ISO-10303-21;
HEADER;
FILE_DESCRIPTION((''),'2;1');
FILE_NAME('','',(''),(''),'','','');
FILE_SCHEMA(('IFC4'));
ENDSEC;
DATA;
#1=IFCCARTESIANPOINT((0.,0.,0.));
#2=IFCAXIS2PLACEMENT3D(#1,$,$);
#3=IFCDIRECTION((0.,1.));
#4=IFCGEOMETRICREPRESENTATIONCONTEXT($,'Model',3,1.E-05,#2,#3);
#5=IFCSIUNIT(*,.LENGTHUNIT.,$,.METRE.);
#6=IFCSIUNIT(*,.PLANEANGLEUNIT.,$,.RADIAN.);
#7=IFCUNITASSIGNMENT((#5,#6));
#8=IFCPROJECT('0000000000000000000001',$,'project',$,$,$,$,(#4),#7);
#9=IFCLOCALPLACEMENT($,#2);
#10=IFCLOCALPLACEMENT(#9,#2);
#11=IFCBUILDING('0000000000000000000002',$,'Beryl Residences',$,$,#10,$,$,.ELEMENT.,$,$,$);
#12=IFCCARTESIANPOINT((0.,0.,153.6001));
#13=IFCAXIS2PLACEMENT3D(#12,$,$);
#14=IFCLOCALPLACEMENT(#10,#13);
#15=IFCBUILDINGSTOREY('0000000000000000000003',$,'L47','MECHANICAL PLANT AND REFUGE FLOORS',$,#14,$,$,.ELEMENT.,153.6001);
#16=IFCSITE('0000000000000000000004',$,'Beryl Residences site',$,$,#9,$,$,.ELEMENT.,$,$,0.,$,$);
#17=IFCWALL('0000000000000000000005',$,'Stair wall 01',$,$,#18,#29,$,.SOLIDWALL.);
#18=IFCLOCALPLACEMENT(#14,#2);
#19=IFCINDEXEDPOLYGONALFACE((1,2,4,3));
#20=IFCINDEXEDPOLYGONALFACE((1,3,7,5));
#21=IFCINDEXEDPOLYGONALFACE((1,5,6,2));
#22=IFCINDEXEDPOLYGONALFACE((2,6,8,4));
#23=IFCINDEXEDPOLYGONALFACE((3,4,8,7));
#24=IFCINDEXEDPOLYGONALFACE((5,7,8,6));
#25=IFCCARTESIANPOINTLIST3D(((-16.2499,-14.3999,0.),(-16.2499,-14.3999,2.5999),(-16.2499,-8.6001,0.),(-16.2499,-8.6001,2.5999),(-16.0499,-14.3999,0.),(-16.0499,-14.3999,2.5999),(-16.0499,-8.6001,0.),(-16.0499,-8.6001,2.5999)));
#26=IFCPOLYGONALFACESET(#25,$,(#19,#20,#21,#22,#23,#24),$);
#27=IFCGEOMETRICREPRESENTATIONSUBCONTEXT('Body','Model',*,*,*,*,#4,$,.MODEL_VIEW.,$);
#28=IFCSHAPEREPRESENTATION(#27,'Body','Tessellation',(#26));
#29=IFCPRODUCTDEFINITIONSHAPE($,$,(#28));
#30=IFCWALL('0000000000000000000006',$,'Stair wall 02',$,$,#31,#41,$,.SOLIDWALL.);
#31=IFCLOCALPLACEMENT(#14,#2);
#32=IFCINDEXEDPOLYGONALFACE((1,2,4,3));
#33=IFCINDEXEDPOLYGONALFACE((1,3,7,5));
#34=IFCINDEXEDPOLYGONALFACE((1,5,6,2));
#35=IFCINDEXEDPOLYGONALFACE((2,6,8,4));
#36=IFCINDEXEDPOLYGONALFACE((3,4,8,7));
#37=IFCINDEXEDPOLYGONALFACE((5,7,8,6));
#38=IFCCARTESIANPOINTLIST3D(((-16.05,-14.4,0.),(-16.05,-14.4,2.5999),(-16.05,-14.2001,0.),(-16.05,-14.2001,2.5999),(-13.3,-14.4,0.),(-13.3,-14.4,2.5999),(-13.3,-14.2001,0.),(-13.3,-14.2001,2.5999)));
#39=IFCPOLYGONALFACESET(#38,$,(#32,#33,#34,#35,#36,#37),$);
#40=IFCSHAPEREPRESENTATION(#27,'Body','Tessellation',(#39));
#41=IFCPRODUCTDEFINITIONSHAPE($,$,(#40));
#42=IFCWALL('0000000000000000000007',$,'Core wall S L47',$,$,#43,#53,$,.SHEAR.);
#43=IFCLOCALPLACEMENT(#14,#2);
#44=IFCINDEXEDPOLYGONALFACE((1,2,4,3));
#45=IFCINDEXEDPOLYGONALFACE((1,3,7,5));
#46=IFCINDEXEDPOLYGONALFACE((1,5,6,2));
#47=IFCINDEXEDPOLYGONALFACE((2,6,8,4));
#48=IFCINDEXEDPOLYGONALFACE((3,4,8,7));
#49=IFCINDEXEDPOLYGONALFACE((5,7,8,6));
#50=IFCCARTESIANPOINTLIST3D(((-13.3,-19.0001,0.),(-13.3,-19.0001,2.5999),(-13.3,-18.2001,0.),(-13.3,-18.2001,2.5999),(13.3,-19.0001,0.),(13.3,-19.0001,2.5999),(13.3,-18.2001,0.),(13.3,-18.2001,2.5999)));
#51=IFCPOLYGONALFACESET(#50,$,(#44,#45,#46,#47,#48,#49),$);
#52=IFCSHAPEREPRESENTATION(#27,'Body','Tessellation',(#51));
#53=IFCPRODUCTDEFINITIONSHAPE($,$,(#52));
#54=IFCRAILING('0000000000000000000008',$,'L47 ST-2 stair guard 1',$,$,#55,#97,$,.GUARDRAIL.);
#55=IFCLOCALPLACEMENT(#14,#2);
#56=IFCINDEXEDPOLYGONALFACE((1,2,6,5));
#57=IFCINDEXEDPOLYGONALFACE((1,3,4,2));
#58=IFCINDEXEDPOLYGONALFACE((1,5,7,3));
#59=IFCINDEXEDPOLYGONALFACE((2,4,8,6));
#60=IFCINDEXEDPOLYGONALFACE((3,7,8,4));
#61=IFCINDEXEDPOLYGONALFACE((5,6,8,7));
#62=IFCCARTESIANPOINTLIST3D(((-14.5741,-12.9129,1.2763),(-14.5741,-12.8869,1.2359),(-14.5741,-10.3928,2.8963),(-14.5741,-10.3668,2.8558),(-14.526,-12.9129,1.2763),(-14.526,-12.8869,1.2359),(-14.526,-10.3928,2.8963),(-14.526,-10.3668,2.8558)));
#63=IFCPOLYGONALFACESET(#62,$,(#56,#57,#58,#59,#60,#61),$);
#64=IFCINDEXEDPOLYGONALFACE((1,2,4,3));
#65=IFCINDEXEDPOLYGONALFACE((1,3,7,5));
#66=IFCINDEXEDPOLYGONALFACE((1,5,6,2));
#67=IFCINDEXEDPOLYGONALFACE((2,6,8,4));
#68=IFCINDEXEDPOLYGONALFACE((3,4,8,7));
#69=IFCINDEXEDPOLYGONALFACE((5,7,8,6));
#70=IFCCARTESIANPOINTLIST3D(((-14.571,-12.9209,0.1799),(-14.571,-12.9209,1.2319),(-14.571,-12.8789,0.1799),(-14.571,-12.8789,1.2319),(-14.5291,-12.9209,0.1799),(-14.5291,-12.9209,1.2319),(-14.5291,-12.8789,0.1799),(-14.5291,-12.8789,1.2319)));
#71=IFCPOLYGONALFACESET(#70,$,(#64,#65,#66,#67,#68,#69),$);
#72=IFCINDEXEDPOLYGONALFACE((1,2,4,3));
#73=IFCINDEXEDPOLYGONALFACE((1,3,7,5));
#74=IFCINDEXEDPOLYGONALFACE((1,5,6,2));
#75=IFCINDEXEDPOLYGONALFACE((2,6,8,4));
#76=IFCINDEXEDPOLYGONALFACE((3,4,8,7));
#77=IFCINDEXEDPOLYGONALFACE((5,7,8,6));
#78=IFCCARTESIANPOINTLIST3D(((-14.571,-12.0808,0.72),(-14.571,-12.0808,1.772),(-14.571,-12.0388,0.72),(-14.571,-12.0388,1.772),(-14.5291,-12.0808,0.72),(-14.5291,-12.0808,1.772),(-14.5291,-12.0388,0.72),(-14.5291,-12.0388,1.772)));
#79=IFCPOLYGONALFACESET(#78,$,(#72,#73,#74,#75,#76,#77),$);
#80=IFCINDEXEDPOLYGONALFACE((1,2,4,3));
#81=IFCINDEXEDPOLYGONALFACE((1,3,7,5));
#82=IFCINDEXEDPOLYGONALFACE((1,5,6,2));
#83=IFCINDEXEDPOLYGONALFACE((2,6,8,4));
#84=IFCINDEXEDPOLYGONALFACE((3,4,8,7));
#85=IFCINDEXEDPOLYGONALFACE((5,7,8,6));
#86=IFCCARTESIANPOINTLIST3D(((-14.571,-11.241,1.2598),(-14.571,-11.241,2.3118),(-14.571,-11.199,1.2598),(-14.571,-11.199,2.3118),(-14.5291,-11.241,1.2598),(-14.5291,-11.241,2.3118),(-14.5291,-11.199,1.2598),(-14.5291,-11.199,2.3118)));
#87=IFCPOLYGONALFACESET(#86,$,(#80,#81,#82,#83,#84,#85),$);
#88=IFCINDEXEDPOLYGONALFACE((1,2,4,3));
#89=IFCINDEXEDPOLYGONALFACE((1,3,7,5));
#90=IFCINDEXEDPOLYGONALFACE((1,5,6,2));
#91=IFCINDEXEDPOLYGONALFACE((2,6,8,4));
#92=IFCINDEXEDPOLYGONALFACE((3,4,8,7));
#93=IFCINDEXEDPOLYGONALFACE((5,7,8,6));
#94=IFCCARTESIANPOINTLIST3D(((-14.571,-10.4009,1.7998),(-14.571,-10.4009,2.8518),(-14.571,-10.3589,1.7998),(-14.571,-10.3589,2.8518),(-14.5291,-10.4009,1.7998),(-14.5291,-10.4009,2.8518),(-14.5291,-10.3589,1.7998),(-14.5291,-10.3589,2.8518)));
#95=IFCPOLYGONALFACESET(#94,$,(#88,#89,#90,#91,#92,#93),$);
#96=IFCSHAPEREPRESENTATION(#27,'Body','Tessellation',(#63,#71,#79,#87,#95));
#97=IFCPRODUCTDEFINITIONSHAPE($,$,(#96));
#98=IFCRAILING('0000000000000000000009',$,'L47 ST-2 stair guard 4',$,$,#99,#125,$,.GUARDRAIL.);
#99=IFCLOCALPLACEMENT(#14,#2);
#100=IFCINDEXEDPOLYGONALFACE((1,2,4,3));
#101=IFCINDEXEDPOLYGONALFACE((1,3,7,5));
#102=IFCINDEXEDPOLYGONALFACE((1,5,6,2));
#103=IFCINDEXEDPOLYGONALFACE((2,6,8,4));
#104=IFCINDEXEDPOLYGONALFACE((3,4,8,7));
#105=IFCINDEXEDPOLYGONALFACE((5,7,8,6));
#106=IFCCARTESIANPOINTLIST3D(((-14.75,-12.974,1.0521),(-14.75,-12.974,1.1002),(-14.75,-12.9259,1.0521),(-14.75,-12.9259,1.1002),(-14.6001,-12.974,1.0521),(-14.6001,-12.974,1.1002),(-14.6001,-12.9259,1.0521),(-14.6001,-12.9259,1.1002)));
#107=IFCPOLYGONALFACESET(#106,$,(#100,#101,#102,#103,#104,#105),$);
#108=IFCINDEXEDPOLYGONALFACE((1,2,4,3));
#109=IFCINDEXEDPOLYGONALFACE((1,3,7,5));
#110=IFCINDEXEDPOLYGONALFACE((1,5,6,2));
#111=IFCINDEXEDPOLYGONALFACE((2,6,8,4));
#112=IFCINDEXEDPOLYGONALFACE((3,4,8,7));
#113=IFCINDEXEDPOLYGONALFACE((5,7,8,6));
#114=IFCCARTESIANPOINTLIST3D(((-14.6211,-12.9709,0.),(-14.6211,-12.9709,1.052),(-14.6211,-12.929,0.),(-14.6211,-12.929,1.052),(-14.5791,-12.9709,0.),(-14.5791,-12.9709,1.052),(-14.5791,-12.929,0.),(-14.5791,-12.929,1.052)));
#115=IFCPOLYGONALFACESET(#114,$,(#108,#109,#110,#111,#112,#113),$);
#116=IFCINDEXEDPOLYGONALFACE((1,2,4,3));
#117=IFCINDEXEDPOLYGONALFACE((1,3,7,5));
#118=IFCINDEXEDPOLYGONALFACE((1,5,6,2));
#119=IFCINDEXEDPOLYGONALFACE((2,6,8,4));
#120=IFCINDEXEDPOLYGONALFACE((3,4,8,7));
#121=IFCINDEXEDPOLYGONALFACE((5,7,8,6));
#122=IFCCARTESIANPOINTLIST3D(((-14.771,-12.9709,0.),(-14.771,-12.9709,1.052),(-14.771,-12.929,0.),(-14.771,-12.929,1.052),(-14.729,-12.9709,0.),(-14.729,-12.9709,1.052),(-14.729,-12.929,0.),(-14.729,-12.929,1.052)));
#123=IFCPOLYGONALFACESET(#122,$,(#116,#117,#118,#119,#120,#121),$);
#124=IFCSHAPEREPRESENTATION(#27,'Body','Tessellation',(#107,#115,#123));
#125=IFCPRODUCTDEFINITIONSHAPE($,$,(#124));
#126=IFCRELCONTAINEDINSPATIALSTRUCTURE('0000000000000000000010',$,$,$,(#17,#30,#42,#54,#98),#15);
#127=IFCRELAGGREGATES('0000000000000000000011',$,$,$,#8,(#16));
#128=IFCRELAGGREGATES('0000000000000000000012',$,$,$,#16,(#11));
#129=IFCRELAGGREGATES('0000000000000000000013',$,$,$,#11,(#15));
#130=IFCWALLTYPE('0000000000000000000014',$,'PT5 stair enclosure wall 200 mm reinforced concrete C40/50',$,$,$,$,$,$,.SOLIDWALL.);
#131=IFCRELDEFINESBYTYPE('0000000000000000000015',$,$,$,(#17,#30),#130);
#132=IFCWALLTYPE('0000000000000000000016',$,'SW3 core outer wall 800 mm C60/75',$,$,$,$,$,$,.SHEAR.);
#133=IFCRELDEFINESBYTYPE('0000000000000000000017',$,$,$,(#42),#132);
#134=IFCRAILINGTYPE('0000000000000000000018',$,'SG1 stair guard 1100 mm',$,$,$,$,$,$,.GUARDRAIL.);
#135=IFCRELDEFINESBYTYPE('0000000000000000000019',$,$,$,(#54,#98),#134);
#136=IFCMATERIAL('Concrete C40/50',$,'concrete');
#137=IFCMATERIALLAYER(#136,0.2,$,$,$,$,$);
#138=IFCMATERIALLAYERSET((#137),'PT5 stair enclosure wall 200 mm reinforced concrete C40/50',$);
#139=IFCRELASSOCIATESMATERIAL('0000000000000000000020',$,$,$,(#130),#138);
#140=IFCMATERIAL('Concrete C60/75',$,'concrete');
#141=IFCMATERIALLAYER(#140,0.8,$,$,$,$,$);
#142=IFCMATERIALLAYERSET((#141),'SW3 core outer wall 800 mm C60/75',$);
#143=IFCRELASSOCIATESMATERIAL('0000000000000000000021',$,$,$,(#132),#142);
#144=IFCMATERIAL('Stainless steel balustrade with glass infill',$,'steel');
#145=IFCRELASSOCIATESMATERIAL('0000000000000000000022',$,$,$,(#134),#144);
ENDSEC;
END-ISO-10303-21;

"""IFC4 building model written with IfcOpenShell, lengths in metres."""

from ifc_helpers import new_model, si_unit, direction, frame, frame_2d, origin, origin_2d, place, context, subcontext, project, spatial, rectangle, extrude, material, layer, layer_set, type_object, element, save


model = new_model("IFC4")

# Units and contexts
model_context = context("Model", 3, precision=1e-05, world=origin(), true_north=direction((0.0, 1.0)))
body_context = subcontext(model_context, "Body", "Model", "MODEL_VIEW")
ifc_project = project(units=[si_unit("LENGTHUNIT", "METRE"), si_unit("PLANEANGLEUNIT", "RADIAN")], contexts=[model_context])

# Site, building, storey
site_placement = place(None, origin())
site = spatial("IfcSite", under=ifc_project, at=site_placement, Name="Beryl Residences site", CompositionType="ELEMENT", RefElevation=0.0)
building_placement = place(site_placement, origin())
building = spatial("IfcBuilding", under=site, at=building_placement, Name="Beryl Residences", CompositionType="ELEMENT")
storey_placement = place(building_placement, frame((0.0, 0.0, 153.6001)))
storey = spatial("IfcBuildingStorey", under=building, at=storey_placement, Name="L47", Description="MECHANICAL PLANT AND REFUGE FLOORS", CompositionType="ELEMENT", Elevation=153.6001)

# Walls
ifc_material_1 = material(Name="Concrete C40/50", Category="concrete")
ifc_layer_1 = layer(ifc_material_1, 0.2)
ifc_layer_set_1 = layer_set([ifc_layer_1], Name="PT5 stair enclosure wall 200 mm reinforced concrete C40/50")
wall_type_1 = type_object("IfcWallType", Name="PT5 stair enclosure wall 200 mm reinforced concrete C40/50", PredefinedType="SOLIDWALL", material=ifc_layer_set_1)
wall_1_placement = place(storey_placement, frame((-16.1499, -14.3999, 0.0), z_axis=(0.0, 0.0, 1.0), x_axis=(0.0, 1.0, 0.0)))
element("IfcWall", 1, at=wall_1_placement, inside=storey, type_object=wall_type_1, Name="Stair wall 01", PredefinedType="SOLIDWALL", context=body_context, shape_type="SweptSolid", body=[
    extrude(rectangle(XDim=5.7998, YDim=0.2, at=frame_2d((2.8999, 0.0))), origin(), (0.0, 0.0, 1.0), 2.5999),
])
wall_2_placement = place(storey_placement, frame((-16.05, -14.3, 0.0), z_axis=(0.0, 0.0, 1.0), x_axis=(1.0, 0.0, 0.0)))
element("IfcWall", 2, at=wall_2_placement, inside=storey, type_object=wall_type_1, Name="Stair wall 02", PredefinedType="SOLIDWALL", context=body_context, shape_type="SweptSolid", body=[
    extrude(rectangle(XDim=2.75, YDim=0.2, at=frame_2d((1.375, 0.0))), origin(), (0.0, 0.0, 1.0), 2.5999),
])
ifc_material_2 = material(Name="Concrete C60/75", Category="concrete")
ifc_layer_2 = layer(ifc_material_2, 0.8)
ifc_layer_set_2 = layer_set([ifc_layer_2], Name="SW3 core outer wall 800 mm C60/75")
wall_type_2 = type_object("IfcWallType", Name="SW3 core outer wall 800 mm C60/75", PredefinedType="SHEAR", material=ifc_layer_set_2)
wall_3_placement = place(storey_placement, frame((-13.3, -18.6001, 0.0), z_axis=(0.0, 0.0, 1.0), x_axis=(1.0, 0.0, 0.0)))
element("IfcWall", 3, at=wall_3_placement, inside=storey, type_object=wall_type_2, Name="Core wall S L47", PredefinedType="SHEAR", context=body_context, shape_type="SweptSolid", body=[
    extrude(rectangle(XDim=26.6001, YDim=0.8, at=frame_2d((13.3, 0.0))), origin(), (0.0, 0.0, 1.0), 2.5999),
])

# Railings
ifc_material_3 = material(Name="Stainless steel balustrade with glass infill", Category="steel")
railing_type = type_object("IfcRailingType", Name="SG1 stair guard 1100 mm", PredefinedType="GUARDRAIL", material=ifc_material_3)
railing_1_placement = place(storey_placement, frame((-14.55, -12.8999, 0.1799)))
element("IfcRailing", 4, at=railing_1_placement, inside=storey, type_object=railing_type, Name="L47 ST-2 stair guard 1", PredefinedType="GUARDRAIL", context=body_context, shape_type="SweptSolid", body=[
    extrude(rectangle(XDim=0.0481, YDim=0.0481, at=origin_2d()), frame((0.0, 0.0, 1.0762), z_axis=(0.0, 0.8412, 0.540725), x_axis=(-1.0, 0.0, 0.0)), (0.0, 0.0, 1.0), 2.9958),
    extrude(rectangle(XDim=0.042, YDim=0.042, at=origin_2d()), origin(), (0.0, 0.0, 1.0), 1.052),
    extrude(rectangle(XDim=0.042, YDim=0.042, at=origin_2d()), frame((0.0, 0.8401, 0.54)), (0.0, 0.0, 1.0), 1.052),
    extrude(rectangle(XDim=0.042, YDim=0.042, at=origin_2d()), frame((0.0, 1.6799, 1.0798)), (0.0, 0.0, 1.0), 1.052),
    extrude(rectangle(XDim=0.042, YDim=0.042, at=origin_2d()), frame((0.0, 2.52, 1.6199)), (0.0, 0.0, 1.0), 1.052),
])
railing_2_placement = place(storey_placement, frame((-14.6001, -12.95, 0.0)))
element("IfcRailing", 5, at=railing_2_placement, inside=storey, type_object=railing_type, Name="L47 ST-2 stair guard 4", PredefinedType="GUARDRAIL", context=body_context, shape_type="SweptSolid", body=[
    extrude(rectangle(XDim=0.0481, YDim=0.0481, at=origin_2d()), frame((0.0, 0.0, 1.0762), z_axis=(-1.0, 0.0, 0.0), x_axis=(0.0, -1.0, 0.0)), (0.0, 0.0, 1.0), 0.1499),
    extrude(rectangle(XDim=0.042, YDim=0.042, at=origin_2d()), origin(), (0.0, 0.0, 1.0), 1.052),
    extrude(rectangle(XDim=0.042, YDim=0.042, at=origin_2d()), frame((-0.1499, 0.0, 0.0)), (0.0, 0.0, 1.0), 1.052),
])

save(model, "model.ifc")
